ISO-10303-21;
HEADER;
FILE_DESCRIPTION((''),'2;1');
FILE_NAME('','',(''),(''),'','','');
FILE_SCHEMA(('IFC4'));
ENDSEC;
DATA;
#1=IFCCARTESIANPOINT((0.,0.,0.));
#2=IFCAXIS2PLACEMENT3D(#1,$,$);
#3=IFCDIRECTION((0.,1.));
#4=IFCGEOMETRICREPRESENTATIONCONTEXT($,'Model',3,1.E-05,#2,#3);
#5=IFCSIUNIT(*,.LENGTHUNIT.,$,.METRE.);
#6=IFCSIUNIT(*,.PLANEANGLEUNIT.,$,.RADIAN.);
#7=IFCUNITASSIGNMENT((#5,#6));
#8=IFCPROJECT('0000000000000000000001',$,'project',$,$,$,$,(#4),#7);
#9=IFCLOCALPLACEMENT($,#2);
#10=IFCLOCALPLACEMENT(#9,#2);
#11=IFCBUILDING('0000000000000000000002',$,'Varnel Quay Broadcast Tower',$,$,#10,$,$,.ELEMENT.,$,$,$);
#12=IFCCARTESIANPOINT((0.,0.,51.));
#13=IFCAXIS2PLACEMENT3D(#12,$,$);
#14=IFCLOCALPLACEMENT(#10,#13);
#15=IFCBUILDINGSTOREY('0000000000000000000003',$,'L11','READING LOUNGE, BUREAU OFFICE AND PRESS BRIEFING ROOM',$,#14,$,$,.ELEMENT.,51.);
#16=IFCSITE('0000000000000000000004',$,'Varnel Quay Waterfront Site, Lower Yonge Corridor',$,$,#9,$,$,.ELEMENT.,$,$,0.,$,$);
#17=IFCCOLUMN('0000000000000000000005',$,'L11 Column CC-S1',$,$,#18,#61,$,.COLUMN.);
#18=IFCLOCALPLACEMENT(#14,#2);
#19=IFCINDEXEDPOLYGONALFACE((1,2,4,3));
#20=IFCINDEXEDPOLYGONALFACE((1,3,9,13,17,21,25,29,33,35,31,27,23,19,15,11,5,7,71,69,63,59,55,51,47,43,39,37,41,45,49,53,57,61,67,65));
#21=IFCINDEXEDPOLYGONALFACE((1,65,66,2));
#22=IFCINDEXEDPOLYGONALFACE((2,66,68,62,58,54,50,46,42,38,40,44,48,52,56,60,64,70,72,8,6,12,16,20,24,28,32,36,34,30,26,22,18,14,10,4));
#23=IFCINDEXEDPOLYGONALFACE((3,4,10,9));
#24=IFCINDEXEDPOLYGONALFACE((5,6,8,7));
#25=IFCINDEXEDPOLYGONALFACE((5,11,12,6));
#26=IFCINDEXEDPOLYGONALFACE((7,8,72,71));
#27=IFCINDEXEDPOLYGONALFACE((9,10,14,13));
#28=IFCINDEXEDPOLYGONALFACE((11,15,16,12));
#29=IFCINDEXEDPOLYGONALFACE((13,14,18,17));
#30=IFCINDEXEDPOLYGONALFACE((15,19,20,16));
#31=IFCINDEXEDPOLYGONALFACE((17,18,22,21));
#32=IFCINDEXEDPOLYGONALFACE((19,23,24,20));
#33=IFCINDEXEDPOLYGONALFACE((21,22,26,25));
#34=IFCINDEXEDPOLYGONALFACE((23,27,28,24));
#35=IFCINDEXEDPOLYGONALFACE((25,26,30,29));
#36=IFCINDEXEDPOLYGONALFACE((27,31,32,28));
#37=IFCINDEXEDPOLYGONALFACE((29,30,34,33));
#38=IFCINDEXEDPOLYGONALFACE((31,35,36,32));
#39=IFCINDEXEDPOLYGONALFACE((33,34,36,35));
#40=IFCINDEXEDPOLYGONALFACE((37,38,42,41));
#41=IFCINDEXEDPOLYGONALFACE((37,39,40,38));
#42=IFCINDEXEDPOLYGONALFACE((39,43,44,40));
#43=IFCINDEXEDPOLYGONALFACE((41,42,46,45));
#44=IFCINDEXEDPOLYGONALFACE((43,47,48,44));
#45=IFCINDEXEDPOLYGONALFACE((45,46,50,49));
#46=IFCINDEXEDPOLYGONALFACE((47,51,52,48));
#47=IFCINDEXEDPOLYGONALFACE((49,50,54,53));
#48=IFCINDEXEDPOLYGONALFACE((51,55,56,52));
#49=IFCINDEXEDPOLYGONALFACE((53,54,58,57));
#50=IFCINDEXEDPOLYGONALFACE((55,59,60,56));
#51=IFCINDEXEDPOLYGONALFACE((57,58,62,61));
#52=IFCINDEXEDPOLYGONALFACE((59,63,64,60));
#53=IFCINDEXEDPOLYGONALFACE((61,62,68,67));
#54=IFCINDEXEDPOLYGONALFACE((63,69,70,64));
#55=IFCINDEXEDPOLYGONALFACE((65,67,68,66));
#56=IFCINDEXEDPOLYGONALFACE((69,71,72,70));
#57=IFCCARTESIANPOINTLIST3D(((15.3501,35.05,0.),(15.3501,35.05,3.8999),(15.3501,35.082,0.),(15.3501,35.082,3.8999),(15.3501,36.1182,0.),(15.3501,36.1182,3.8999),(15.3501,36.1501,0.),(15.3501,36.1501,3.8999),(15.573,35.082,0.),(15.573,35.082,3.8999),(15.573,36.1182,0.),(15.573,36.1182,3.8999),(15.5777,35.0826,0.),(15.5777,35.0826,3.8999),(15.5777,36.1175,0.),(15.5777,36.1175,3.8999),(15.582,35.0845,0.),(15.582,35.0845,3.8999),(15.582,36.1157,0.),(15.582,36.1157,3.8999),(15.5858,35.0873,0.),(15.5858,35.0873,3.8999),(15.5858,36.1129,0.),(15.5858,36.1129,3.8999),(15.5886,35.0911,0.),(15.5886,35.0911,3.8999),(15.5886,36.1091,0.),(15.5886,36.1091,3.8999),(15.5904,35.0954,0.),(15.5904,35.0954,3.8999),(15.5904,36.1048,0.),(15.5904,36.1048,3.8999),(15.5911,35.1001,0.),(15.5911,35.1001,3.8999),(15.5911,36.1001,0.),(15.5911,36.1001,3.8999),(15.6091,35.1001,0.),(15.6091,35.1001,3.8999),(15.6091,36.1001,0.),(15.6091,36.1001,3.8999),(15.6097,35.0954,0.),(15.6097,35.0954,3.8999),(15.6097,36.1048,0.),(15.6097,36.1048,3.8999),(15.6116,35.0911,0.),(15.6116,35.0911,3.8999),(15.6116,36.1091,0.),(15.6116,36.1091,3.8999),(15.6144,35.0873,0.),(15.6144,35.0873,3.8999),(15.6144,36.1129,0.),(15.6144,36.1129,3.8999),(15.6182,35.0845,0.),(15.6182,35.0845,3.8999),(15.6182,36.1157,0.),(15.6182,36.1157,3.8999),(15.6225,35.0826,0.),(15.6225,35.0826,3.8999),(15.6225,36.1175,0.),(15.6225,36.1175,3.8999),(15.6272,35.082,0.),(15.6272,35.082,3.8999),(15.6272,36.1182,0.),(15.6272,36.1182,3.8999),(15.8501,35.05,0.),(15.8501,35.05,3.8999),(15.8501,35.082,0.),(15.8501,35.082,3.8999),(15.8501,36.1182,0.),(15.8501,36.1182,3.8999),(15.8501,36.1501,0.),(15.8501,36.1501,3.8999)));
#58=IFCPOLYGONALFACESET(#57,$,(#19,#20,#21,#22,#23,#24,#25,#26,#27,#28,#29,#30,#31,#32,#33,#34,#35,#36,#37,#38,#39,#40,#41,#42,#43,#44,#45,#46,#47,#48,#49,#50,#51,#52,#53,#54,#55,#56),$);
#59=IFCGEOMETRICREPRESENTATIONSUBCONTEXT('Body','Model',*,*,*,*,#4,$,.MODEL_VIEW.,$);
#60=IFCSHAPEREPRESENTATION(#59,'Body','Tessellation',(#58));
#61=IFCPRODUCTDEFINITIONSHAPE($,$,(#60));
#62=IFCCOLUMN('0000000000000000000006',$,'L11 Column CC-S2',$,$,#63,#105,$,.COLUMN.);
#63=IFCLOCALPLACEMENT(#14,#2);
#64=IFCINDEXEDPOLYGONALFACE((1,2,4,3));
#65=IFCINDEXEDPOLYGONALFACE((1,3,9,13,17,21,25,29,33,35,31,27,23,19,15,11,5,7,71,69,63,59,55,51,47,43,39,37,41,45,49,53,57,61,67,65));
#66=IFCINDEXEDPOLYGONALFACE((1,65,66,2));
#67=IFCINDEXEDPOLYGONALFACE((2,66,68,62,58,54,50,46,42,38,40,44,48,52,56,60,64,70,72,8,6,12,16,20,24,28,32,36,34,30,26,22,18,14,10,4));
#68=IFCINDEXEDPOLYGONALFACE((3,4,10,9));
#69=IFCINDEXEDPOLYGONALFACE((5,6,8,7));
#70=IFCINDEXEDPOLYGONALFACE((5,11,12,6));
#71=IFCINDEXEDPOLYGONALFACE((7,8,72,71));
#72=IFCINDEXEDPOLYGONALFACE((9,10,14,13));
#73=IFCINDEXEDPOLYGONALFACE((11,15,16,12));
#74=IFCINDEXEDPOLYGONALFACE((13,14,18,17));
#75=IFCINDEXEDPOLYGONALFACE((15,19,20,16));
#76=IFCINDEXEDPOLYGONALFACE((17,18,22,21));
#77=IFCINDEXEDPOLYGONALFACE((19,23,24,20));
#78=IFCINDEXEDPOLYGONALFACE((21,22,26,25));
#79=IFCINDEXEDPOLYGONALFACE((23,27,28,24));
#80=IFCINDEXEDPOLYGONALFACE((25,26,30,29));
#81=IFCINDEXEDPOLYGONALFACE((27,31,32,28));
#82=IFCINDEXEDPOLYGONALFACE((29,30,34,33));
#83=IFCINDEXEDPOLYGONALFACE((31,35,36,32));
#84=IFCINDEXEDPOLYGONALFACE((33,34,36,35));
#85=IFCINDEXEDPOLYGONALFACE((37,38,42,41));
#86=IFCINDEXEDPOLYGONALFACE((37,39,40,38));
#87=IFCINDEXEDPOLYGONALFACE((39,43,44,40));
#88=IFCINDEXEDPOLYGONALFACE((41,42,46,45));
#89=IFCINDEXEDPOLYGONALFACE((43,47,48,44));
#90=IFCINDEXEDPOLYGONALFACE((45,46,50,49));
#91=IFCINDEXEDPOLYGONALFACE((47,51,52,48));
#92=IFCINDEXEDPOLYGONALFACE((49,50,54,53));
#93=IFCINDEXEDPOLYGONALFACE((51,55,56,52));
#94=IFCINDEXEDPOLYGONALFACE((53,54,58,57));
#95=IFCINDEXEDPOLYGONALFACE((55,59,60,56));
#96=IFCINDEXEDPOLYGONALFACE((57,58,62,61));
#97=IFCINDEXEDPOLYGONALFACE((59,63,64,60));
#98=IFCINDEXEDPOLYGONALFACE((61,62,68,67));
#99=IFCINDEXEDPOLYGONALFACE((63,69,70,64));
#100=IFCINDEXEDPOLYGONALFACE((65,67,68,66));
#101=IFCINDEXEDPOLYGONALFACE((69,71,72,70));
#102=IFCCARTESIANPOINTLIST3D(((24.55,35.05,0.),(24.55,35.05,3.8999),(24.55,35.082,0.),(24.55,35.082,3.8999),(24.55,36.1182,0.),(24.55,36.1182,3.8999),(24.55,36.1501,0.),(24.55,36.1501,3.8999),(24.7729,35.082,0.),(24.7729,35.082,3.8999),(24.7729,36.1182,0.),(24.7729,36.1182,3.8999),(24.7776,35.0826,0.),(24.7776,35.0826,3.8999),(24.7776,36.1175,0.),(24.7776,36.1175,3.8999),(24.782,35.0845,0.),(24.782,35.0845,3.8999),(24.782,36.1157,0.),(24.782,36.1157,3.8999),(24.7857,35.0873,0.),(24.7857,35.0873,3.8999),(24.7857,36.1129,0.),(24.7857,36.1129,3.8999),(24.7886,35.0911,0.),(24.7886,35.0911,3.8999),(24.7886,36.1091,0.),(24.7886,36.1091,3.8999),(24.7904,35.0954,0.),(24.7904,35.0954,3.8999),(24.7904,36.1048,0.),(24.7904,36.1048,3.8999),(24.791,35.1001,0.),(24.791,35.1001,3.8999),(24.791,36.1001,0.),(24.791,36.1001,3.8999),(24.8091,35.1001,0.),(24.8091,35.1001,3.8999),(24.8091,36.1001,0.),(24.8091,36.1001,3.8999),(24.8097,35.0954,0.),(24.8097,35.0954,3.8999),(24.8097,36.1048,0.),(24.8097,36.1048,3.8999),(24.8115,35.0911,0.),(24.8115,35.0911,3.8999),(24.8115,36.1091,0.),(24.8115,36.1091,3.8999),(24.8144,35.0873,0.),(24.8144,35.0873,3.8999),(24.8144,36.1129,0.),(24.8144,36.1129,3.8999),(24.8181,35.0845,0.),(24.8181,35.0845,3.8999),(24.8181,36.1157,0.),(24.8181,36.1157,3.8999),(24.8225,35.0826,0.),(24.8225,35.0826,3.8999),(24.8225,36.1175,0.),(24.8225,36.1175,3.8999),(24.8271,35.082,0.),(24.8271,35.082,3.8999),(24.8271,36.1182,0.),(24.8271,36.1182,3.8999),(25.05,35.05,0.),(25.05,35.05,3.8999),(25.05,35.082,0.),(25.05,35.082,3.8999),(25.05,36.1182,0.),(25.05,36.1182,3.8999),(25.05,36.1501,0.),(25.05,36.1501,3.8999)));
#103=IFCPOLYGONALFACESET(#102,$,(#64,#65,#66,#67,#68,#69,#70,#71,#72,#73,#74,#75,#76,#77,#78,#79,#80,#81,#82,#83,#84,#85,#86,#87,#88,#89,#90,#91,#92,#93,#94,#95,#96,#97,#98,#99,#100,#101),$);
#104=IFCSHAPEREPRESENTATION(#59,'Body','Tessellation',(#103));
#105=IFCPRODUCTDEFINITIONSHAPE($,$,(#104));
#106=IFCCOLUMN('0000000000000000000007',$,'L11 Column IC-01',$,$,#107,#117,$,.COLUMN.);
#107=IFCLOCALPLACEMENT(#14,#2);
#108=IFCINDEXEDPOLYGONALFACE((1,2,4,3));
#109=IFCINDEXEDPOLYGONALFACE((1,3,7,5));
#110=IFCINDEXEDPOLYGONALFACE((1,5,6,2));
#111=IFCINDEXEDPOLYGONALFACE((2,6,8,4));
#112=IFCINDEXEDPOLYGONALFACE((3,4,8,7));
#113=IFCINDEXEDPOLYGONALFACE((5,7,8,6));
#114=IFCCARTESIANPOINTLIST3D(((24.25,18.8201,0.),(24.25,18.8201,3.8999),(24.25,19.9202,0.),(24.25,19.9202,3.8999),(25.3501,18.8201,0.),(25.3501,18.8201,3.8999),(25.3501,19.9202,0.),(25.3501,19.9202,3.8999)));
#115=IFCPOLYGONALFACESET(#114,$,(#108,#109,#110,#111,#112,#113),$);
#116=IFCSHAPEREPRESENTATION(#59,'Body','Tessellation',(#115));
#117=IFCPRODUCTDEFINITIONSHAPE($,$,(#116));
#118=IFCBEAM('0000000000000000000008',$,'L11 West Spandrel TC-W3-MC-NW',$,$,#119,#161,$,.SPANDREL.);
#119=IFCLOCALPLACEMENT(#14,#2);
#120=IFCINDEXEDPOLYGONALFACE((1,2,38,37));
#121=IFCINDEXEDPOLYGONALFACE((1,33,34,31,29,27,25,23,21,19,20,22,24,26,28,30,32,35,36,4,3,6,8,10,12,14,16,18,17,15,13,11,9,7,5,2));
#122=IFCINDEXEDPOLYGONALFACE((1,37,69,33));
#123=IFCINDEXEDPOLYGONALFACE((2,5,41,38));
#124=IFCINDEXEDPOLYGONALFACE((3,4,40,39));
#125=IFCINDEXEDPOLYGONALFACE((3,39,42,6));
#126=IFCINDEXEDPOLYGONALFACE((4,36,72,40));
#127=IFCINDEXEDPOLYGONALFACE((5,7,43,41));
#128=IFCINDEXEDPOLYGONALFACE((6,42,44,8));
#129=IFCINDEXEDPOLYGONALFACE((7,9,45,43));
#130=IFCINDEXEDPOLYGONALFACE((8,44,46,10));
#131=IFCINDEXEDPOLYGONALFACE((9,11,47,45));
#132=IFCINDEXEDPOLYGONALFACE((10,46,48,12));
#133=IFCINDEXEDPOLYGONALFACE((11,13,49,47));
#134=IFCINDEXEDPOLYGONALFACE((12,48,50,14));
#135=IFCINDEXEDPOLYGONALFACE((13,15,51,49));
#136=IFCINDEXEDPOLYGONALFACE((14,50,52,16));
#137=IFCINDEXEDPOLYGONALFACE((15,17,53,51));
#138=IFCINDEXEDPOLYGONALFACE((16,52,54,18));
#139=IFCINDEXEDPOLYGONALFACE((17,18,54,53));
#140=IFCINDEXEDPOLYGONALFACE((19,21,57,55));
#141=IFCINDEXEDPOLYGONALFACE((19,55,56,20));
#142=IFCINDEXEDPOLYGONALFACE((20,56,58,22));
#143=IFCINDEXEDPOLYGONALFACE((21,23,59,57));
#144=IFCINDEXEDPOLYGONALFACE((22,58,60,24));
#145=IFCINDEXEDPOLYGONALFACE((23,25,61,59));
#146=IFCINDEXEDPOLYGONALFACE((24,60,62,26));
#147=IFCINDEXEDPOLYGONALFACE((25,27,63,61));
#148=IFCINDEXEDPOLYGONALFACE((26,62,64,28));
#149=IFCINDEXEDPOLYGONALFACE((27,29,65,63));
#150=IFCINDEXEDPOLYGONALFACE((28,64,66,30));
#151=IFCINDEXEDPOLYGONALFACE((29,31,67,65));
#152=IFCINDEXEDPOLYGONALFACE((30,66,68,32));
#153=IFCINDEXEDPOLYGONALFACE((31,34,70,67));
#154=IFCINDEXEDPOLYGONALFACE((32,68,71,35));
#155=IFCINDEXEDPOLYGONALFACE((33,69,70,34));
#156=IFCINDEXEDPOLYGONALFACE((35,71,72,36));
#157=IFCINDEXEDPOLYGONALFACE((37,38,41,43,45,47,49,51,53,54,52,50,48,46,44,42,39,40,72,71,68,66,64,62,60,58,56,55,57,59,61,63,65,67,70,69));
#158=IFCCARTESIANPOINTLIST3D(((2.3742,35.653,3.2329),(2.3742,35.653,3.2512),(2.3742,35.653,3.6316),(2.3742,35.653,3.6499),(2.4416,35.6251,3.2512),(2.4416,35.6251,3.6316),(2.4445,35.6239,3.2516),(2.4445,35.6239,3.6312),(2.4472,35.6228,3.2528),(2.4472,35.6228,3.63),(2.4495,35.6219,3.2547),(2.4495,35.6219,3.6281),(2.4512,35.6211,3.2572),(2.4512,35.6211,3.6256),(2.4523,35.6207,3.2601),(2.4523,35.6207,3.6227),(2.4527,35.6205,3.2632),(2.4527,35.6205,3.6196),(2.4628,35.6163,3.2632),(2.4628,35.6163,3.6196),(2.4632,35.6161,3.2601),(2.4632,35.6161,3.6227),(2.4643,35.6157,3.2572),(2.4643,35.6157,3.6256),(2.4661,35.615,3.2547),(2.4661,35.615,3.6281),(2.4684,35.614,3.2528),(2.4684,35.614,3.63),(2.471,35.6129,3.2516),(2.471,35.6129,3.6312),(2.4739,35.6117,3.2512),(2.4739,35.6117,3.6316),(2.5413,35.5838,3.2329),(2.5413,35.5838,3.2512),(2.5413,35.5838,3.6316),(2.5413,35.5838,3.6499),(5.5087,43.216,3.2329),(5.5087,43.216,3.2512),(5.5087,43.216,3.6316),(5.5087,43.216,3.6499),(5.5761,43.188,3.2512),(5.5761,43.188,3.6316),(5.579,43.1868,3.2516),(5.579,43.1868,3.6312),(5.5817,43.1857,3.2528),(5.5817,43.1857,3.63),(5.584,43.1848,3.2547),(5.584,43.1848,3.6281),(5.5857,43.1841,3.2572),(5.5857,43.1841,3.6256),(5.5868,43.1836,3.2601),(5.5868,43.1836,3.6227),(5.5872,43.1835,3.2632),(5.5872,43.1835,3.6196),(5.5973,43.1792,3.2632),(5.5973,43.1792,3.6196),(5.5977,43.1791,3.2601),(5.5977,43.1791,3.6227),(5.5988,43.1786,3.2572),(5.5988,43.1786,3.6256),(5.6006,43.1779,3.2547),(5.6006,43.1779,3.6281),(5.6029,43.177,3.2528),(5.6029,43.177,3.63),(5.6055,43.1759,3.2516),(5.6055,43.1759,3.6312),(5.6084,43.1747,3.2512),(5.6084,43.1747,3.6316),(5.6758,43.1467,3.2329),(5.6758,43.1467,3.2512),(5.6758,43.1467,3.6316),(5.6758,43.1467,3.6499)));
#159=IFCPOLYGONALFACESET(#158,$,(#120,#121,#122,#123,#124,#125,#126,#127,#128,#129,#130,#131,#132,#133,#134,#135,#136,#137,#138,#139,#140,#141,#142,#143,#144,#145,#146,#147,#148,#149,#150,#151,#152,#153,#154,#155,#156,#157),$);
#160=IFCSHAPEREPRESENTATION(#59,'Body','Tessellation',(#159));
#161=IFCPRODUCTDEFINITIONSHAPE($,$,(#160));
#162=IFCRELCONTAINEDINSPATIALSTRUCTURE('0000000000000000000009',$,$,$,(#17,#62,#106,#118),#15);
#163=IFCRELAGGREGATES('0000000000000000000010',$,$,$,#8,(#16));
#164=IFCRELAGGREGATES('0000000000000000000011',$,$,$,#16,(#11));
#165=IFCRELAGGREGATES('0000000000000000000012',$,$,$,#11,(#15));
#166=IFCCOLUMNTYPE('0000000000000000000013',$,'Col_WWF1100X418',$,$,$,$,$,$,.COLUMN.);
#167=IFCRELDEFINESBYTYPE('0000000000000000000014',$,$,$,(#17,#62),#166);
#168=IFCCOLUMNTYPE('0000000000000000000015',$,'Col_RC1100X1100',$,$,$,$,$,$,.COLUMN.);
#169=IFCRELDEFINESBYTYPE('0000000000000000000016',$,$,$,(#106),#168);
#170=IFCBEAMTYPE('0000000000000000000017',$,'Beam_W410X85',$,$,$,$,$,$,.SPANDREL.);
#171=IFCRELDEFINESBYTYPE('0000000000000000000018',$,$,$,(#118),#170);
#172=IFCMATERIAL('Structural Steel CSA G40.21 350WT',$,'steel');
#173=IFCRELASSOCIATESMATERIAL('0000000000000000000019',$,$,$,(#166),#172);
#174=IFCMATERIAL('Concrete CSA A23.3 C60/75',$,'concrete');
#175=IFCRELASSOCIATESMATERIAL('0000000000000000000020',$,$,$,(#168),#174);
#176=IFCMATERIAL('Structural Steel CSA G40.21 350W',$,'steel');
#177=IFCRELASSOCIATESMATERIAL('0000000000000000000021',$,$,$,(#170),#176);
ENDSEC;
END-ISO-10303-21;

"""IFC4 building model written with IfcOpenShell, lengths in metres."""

from ifc_helpers import new_model, si_unit, direction, frame, origin, origin_2d, place, context, subcontext, project, spatial, rectangle, i_section, extrude, source, transform, mapped, material, material_profile, profile_set, type_object, type_shapes, element, save


model = new_model("IFC4")

# Units and contexts
model_context = context("Model", 3, precision=1e-05, world=origin(), true_north=direction((0.0, 1.0)))
body_context = subcontext(model_context, "Body", "Model", "MODEL_VIEW")
ifc_project = project(units=[si_unit("LENGTHUNIT", "METRE"), si_unit("PLANEANGLEUNIT", "RADIAN")], contexts=[model_context])

# Site, building, storey
site_placement = place(None, origin())
site = spatial("IfcSite", under=ifc_project, at=site_placement, Name="Varnel Quay Waterfront Site, Lower Yonge Corridor", CompositionType="ELEMENT", RefElevation=0.0)
building_placement = place(site_placement, origin())
building = spatial("IfcBuilding", under=site, at=building_placement, Name="Varnel Quay Broadcast Tower", CompositionType="ELEMENT")
storey_placement = place(building_placement, frame((0.0, 0.0, 51.0)))
storey = spatial("IfcBuildingStorey", under=building, at=storey_placement, Name="L11", Description="READING LOUNGE, BUREAU OFFICE AND PRESS BRIEFING ROOM", CompositionType="ELEMENT", Elevation=51.0)

# Columns
ifc_material_1 = material(Name="Structural Steel CSA G40.21 350WT", Category="steel")
ifc_material_profile_1 = material_profile(ifc_material_1, i_section(OverallWidth=0.5, OverallDepth=1.1001, WebThickness=0.0181, FlangeThickness=0.032, FilletRadius=0.0181, at=origin_2d()), Name="WWF1100X418")
ifc_profile_set_1 = profile_set([ifc_material_profile_1], Name="Structural Steel CSA G40.21 350WT")
column_type_1 = type_object("IfcColumnType", Name="Col_WWF1100X418", PredefinedType="COLUMN", material=ifc_profile_set_1)
shared_shape_1 = source(origin(), body_context, "Body", "SweptSolid", [
    extrude(i_section(OverallWidth=0.5, OverallDepth=1.1001, WebThickness=0.0181, FlangeThickness=0.032, FilletRadius=0.0181, at=origin_2d()), origin(), (0.0, 0.0, 1.0), 3.8999),
])
type_shapes(column_type_1, [shared_shape_1])
for number, where, z_axis, x_axis, name in (
    (1, (15.6001, 35.6001, 0.0), (0.0, 0.0, 1.0), (1.0, 0.0, 0.0), "L11 Column CC-S1"),
    (2, (24.8, 35.6001, 0.0), (0.0, 0.0, 1.0), (1.0, 0.0, 0.0), "L11 Column CC-S2"),
):
    element("IfcColumn", number, at=place(storey_placement, frame(where, z_axis=z_axis, x_axis=x_axis)), inside=storey, type_object=column_type_1, Name=name, PredefinedType="COLUMN", context=body_context, shape_type="MappedRepresentation", body=[
        mapped(shared_shape_1, transform((0.0, 0.0, 0.0), x_axis=(1.0, 0.0, 0.0), y_axis=(0.0, 1.0, 0.0), z_axis=(0.0, 0.0, 1.0), scale=1.0)),
    ])
ifc_material_2 = material(Name="Concrete CSA A23.3 C60/75", Category="concrete")
ifc_material_profile_2 = material_profile(ifc_material_2, rectangle(XDim=1.1001, YDim=1.1001, at=origin_2d()), Name="RC1100X1100")
ifc_profile_set_2 = profile_set([ifc_material_profile_2], Name="Concrete CSA A23.3 C60/75")
column_type_2 = type_object("IfcColumnType", Name="Col_RC1100X1100", PredefinedType="COLUMN", material=ifc_profile_set_2)
shared_shape_2 = source(origin(), body_context, "Body", "SweptSolid", [
    extrude(rectangle(XDim=1.1001, YDim=1.1001, at=origin_2d()), origin(), (0.0, 0.0, 1.0), 3.8999),
])
type_shapes(column_type_2, [shared_shape_2])
column_placement = place(storey_placement, frame((24.8, 19.3701, 0.0), z_axis=(0.0, 0.0, 1.0), x_axis=(1.0, 0.0, 0.0)))
element("IfcColumn", 3, at=column_placement, inside=storey, type_object=column_type_2, Name="L11 Column IC-01", PredefinedType="COLUMN", context=body_context, shape_type="MappedRepresentation", body=[
    mapped(shared_shape_2, transform((0.0, 0.0, 0.0), x_axis=(1.0, 0.0, 0.0), y_axis=(0.0, 1.0, 0.0), z_axis=(0.0, 0.0, 1.0), scale=1.0)),
])

# Beam
ifc_material_3 = material(Name="Structural Steel CSA G40.21 350W", Category="steel")
ifc_material_profile_3 = material_profile(ifc_material_3, i_section(OverallWidth=0.1809, OverallDepth=0.417, WebThickness=0.011, FlangeThickness=0.0183, FilletRadius=0.012, at=origin_2d()), Name="W410X85")
ifc_profile_set_3 = profile_set([ifc_material_profile_3], Name="Structural Steel CSA G40.21 350W")
beam_type_1 = type_object("IfcBeamType", Name="Beam_W410X85", PredefinedType="SPANDREL", material=ifc_profile_set_3)
shared_shape_3 = source(origin(), body_context, "Body", "SweptSolid", [
    extrude(i_section(OverallWidth=0.1809, OverallDepth=0.417, WebThickness=0.011, FlangeThickness=0.0183, FilletRadius=0.012, at=origin_2d()), origin(), (0.0, 0.0, 1.0), 8.1868),
])
type_shapes(beam_type_1, [shared_shape_3])
beam_1_placement = place(storey_placement, frame((2.4578, 35.6184, 3.4414), z_axis=(0.382874, 0.923801, 0.0), x_axis=(-0.923801, 0.382874, 0.0)))
element("IfcBeam", 4, at=beam_1_placement, inside=storey, type_object=beam_type_1, Name="L11 West Spandrel TC-W3-MC-NW", PredefinedType="SPANDREL", context=body_context, shape_type="MappedRepresentation", body=[
    mapped(shared_shape_3, transform((0.0, 0.0, 0.0), x_axis=(1.0, 0.0, 0.0), y_axis=(0.0, 1.0, 0.0), z_axis=(0.0, 0.0, 1.0), scale=1.0)),
])

save(model, "model.ifc")
